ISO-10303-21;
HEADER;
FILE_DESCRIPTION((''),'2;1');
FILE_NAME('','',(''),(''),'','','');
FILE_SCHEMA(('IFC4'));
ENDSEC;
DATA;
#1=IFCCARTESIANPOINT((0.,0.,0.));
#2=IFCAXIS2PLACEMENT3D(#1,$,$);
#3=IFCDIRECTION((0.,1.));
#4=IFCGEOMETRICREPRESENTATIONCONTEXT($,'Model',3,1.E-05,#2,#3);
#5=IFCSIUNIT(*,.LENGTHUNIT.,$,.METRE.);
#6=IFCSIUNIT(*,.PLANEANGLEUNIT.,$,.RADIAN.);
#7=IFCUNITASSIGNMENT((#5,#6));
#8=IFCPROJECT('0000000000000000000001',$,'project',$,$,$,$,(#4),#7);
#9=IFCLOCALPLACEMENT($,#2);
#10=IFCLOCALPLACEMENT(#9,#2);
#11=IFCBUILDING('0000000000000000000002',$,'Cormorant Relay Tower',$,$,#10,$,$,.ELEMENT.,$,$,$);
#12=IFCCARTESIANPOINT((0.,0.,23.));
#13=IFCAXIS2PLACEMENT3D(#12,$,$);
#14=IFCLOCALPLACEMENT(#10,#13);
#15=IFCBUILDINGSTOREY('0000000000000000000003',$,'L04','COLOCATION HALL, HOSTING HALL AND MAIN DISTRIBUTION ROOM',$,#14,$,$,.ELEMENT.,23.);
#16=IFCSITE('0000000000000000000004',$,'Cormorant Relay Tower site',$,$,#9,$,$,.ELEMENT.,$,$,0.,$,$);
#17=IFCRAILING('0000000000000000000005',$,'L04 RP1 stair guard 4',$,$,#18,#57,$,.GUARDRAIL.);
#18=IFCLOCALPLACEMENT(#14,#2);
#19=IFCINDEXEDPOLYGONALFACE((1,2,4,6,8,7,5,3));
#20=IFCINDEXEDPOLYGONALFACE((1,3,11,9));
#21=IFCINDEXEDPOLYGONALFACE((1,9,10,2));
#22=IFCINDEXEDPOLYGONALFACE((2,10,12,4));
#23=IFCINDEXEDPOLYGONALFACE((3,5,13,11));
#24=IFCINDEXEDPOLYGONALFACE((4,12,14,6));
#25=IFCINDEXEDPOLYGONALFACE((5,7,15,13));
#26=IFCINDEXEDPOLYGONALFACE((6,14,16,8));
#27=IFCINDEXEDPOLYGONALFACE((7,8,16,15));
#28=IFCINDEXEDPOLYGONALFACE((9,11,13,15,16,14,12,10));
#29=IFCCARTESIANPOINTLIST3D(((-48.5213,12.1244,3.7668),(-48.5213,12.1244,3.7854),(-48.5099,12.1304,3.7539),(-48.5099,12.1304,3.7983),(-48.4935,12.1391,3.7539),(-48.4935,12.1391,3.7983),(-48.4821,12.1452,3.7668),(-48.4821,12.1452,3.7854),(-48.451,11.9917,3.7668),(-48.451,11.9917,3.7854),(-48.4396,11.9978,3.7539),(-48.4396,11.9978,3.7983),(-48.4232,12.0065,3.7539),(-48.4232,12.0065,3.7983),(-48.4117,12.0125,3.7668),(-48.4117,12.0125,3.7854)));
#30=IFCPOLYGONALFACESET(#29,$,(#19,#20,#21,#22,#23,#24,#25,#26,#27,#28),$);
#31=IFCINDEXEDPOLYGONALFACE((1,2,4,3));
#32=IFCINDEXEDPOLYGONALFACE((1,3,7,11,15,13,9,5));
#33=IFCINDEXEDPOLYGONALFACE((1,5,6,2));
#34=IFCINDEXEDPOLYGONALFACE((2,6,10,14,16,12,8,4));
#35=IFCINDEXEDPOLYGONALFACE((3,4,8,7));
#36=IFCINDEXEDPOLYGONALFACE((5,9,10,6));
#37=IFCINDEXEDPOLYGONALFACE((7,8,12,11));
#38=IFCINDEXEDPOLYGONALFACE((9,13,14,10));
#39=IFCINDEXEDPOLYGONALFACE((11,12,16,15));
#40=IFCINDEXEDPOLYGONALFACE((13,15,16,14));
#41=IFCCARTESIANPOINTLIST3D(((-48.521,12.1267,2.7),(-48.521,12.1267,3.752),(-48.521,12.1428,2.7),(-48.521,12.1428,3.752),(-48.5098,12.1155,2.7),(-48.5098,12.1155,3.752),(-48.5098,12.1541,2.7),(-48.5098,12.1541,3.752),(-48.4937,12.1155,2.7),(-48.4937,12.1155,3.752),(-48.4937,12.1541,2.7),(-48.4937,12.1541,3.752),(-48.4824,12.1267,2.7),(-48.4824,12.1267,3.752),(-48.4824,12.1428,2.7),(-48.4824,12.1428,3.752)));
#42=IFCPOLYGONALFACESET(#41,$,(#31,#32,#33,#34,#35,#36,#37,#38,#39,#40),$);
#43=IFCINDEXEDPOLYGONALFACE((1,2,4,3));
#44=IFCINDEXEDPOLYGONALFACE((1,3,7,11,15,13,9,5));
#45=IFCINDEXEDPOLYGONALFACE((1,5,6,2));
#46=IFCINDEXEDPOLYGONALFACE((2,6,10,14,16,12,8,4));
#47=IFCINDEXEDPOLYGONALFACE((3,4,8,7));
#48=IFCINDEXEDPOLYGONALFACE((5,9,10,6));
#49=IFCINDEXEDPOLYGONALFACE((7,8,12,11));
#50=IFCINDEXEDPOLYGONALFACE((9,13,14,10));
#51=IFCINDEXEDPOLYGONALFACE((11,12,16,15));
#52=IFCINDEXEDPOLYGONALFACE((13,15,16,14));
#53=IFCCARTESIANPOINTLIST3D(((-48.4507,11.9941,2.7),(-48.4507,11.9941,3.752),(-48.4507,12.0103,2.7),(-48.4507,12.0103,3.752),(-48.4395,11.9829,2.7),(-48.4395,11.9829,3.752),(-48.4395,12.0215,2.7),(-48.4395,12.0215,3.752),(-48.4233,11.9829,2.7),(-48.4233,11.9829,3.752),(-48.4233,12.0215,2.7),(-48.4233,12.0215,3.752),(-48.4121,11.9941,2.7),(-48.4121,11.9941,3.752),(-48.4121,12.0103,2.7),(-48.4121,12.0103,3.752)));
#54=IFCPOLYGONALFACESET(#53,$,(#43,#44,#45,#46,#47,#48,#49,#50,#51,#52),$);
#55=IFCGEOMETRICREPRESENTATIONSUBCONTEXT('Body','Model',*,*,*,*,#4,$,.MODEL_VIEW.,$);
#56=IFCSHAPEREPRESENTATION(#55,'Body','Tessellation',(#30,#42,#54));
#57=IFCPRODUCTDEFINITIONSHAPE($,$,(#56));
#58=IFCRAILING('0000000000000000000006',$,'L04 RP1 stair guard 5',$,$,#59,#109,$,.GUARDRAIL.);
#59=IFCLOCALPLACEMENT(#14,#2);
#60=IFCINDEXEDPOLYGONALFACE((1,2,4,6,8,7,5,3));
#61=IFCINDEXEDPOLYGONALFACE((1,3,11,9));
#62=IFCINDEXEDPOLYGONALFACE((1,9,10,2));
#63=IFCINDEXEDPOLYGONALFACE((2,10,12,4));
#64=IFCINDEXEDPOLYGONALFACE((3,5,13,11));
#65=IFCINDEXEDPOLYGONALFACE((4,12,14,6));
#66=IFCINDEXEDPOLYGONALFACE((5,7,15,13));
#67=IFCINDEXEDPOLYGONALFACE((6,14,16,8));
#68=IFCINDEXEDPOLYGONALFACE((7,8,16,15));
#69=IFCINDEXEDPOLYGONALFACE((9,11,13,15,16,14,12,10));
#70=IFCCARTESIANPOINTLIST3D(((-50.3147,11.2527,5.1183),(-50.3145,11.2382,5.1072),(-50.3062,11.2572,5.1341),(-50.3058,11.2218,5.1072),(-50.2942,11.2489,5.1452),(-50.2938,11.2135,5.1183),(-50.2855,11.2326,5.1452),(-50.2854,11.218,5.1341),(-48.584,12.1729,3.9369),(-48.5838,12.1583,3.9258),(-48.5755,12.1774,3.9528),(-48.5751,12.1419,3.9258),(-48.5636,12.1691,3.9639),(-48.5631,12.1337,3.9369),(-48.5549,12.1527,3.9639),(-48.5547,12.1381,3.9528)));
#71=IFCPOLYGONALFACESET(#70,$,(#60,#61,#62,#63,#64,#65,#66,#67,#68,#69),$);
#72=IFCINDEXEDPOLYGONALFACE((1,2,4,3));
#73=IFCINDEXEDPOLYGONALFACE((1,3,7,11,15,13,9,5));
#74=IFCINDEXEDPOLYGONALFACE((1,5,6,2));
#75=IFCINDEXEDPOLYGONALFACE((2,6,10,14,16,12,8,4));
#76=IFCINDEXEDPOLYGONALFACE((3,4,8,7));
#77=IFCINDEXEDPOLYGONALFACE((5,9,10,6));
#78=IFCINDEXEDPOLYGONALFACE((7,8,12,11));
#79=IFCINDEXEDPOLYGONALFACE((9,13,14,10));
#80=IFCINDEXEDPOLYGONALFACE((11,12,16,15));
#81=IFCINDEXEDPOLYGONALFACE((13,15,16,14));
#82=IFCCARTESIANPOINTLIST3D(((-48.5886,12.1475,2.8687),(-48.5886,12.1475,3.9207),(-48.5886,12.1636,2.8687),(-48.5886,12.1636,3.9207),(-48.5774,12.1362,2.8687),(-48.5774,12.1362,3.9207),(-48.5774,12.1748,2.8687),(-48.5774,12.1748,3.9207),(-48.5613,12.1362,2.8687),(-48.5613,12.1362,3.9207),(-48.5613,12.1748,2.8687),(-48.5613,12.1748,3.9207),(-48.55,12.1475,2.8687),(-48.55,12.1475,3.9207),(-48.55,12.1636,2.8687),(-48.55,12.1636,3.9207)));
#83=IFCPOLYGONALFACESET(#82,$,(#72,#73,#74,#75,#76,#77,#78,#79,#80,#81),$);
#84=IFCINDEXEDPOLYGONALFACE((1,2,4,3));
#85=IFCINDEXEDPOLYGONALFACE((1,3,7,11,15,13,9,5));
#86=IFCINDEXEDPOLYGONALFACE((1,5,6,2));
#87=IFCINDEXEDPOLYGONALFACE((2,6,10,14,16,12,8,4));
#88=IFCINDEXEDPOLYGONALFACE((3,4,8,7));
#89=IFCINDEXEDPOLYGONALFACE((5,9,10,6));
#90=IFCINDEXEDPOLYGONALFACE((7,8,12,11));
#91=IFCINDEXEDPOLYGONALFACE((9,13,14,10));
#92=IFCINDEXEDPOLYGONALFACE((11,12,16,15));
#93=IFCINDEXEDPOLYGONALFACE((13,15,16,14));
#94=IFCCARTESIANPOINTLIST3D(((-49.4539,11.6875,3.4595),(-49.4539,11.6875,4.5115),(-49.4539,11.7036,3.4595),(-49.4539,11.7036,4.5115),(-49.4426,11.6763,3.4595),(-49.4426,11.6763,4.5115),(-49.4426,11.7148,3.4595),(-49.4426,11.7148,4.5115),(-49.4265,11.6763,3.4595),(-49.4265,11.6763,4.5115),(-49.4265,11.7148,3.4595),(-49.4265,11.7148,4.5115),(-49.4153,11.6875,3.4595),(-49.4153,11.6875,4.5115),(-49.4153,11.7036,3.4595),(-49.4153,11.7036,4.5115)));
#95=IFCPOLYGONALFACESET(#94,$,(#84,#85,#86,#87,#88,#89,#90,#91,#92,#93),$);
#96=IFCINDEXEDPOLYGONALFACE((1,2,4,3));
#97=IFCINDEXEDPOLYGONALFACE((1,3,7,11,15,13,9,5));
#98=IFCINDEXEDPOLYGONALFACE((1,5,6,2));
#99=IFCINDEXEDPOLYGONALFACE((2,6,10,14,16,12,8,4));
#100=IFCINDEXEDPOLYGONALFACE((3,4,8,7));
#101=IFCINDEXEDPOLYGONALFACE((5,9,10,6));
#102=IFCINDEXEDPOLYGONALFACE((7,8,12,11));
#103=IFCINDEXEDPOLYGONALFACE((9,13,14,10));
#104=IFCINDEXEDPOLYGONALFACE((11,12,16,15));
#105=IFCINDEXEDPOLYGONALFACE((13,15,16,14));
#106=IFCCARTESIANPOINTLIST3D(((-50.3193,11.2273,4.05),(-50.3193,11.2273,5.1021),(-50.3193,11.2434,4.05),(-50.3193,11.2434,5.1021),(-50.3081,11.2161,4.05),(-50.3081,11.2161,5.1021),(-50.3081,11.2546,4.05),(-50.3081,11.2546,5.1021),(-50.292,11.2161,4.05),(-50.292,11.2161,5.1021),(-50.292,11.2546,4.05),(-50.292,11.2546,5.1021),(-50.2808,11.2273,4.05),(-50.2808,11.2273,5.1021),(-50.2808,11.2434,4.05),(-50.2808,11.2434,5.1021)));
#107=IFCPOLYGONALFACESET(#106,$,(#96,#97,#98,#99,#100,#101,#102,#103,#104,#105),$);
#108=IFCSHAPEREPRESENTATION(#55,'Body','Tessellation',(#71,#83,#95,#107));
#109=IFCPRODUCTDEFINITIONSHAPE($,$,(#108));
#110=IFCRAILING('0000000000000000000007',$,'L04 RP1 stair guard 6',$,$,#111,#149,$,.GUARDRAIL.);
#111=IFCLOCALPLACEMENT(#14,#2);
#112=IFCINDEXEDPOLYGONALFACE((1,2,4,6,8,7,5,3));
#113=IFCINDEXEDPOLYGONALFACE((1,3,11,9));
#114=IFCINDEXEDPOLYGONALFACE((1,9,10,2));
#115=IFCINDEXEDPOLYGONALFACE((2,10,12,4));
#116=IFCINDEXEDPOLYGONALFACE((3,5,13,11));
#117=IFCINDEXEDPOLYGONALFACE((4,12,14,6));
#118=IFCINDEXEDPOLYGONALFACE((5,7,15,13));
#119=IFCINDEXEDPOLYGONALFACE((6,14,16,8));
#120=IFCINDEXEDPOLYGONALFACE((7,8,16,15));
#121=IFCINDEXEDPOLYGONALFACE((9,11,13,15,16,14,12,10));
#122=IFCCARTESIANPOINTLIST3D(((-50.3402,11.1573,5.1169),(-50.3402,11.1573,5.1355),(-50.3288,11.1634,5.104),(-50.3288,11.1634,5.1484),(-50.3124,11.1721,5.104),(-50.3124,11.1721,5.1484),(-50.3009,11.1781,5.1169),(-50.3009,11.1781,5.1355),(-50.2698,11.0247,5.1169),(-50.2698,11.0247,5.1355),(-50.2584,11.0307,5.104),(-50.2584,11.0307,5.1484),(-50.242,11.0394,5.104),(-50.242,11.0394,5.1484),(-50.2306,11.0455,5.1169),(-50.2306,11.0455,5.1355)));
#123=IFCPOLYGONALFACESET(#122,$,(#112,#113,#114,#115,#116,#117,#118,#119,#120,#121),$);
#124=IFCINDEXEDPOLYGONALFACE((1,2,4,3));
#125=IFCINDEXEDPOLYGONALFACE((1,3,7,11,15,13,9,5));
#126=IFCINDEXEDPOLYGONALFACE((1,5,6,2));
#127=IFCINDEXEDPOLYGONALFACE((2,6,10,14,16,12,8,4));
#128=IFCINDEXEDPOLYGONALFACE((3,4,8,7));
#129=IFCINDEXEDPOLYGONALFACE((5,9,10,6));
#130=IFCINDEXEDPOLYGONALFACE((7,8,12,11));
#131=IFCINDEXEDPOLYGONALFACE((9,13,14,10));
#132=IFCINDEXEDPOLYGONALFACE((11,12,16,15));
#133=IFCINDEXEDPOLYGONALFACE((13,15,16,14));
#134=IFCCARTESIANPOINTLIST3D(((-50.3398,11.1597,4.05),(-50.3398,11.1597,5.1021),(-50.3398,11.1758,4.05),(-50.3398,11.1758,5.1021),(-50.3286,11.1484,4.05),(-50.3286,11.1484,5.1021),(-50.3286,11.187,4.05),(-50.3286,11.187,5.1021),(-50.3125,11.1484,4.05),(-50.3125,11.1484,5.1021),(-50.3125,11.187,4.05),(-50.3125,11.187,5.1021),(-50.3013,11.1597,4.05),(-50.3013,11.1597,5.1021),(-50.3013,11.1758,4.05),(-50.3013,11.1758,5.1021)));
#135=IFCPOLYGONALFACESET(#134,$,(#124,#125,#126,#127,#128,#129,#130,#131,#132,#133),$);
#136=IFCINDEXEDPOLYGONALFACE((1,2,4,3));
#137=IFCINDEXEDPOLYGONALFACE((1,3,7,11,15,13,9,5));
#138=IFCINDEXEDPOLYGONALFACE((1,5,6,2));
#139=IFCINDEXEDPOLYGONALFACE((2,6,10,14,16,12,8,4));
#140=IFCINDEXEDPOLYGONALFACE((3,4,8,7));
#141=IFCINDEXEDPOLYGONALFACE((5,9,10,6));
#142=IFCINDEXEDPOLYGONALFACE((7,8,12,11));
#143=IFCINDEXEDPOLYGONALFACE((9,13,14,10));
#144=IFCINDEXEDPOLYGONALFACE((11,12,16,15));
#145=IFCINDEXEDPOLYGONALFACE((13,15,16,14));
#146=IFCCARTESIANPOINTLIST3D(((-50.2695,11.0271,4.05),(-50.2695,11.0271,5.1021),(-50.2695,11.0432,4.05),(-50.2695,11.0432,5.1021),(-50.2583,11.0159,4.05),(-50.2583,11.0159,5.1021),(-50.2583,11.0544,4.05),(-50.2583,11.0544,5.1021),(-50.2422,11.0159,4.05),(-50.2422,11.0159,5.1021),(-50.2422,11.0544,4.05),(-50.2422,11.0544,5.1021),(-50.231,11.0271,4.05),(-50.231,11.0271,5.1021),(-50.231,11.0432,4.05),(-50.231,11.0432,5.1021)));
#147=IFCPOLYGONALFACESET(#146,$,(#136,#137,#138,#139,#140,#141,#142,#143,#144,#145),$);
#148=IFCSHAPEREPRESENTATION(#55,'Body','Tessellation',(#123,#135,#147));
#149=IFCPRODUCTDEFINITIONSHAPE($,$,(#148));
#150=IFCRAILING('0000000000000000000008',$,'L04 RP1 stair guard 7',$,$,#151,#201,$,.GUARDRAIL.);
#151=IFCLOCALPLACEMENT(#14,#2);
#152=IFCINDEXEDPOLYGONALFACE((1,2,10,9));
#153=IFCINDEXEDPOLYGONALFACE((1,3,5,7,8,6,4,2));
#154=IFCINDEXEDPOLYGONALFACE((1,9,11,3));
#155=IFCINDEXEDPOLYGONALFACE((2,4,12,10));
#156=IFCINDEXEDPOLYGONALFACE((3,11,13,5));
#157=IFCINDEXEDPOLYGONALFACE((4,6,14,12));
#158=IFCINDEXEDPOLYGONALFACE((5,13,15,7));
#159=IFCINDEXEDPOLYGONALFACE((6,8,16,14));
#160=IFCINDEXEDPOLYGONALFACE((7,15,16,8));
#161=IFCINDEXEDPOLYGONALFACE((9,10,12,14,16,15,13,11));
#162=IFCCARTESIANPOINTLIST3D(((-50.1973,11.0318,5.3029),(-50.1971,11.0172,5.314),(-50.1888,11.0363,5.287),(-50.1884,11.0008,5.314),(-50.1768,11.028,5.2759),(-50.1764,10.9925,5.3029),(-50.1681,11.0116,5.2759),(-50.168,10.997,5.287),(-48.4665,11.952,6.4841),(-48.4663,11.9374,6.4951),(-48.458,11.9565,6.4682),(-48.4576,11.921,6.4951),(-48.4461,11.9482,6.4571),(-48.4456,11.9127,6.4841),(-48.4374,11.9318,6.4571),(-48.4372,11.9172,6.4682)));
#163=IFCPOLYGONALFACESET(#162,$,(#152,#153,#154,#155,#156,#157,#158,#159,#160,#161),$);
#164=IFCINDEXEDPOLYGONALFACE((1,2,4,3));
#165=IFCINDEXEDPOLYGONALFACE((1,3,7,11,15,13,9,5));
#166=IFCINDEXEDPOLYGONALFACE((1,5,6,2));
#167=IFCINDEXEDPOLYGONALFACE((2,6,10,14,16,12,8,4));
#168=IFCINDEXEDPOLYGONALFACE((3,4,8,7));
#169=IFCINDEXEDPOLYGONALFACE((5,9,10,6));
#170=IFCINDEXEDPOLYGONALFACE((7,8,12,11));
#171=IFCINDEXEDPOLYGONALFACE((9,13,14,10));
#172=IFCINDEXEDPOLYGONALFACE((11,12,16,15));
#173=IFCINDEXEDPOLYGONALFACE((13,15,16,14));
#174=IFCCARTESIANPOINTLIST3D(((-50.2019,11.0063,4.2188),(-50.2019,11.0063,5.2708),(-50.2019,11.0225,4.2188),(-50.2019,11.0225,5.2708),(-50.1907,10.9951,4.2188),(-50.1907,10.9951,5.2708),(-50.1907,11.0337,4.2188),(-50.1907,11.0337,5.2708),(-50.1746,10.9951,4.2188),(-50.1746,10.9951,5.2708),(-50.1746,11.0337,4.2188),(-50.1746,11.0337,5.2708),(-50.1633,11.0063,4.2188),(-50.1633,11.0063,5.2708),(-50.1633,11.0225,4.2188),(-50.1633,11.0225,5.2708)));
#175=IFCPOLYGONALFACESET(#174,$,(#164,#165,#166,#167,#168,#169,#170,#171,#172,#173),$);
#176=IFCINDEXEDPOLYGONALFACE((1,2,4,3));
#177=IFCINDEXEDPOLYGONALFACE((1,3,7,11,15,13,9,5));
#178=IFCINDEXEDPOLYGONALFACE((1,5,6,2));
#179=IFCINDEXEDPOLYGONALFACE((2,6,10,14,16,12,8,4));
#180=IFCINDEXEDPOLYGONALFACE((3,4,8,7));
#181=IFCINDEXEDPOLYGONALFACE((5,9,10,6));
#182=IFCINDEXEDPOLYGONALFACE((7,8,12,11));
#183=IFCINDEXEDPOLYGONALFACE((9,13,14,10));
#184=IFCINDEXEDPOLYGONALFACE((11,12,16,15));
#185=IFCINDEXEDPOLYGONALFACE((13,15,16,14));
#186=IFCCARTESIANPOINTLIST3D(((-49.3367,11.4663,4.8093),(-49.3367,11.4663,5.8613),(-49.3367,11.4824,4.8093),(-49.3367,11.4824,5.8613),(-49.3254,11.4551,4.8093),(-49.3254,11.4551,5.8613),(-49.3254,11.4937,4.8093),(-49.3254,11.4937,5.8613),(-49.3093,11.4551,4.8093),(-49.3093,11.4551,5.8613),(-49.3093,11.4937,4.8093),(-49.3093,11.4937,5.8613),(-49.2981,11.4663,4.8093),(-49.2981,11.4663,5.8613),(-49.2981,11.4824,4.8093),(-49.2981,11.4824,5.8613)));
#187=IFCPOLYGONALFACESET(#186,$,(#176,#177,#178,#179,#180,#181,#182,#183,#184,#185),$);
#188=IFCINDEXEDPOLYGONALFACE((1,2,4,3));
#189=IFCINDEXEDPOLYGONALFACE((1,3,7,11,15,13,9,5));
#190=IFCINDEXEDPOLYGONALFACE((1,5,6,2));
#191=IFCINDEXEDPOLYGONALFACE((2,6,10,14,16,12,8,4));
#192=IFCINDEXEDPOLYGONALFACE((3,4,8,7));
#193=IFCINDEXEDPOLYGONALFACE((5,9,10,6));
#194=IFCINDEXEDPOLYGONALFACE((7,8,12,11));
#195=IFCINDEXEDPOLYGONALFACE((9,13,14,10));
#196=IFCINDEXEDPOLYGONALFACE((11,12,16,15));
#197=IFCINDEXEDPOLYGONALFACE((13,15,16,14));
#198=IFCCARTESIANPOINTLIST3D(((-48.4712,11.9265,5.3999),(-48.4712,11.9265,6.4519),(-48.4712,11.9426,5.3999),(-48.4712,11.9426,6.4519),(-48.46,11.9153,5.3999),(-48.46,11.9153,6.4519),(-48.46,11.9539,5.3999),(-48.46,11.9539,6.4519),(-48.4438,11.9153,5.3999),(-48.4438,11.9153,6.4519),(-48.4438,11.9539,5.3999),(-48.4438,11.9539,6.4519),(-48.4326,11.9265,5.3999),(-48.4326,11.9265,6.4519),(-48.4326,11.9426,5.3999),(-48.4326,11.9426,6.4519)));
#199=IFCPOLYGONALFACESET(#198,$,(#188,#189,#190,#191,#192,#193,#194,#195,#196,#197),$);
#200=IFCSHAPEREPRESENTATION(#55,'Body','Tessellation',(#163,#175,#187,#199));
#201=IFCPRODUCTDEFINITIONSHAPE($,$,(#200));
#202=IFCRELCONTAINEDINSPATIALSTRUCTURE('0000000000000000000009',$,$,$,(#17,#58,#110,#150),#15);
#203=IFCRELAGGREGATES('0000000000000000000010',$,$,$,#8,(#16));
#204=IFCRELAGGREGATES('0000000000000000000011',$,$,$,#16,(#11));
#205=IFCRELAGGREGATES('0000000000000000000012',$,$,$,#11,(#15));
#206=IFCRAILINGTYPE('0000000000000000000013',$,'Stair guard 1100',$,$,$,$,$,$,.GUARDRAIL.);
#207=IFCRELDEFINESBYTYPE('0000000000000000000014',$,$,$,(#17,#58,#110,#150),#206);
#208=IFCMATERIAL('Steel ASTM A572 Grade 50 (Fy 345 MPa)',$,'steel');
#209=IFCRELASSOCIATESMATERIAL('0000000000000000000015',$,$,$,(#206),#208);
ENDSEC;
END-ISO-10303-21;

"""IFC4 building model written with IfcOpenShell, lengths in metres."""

from ifc_helpers import new_model, si_unit, direction, frame, origin, place, context, subcontext, project, spatial, polyline, outline, extrude, material, type_object, element, save


model = new_model("IFC4")

# Units and contexts
model_context = context("Model", 3, precision=1e-05, world=origin(), true_north=direction((0.0, 1.0)))
body_context = subcontext(model_context, "Body", "Model", "MODEL_VIEW")
ifc_project = project(units=[si_unit("LENGTHUNIT", "METRE"), si_unit("PLANEANGLEUNIT", "RADIAN")], contexts=[model_context])

# Site, building, storey
site_placement = place(None, origin())
site = spatial("IfcSite", under=ifc_project, at=site_placement, Name="Cormorant Relay Tower site", CompositionType="ELEMENT", RefElevation=0.0)
building_placement = place(site_placement, origin())
building = spatial("IfcBuilding", under=site, at=building_placement, Name="Cormorant Relay Tower", CompositionType="ELEMENT")
storey_placement = place(building_placement, frame((0.0, 0.0, 23.0)))
storey = spatial("IfcBuildingStorey", under=building, at=storey_placement, Name="L04", Description="COLOCATION HALL, HOSTING HALL AND MAIN DISTRIBUTION ROOM", CompositionType="ELEMENT", Elevation=23.0)

# Railings
ifc_material_1 = material(Name="Steel ASTM A572 Grade 50 (Fy 345 MPa)", Category="steel")
railing_type_1 = type_object("IfcRailingType", Name="Stair guard 1100", PredefinedType="GUARDRAIL", material=ifc_material_1)
railing_1_placement = place(storey_placement, frame((-48.5017, 12.1348, 2.7)))
element("IfcRailing", 1, at=railing_1_placement, inside=storey, type_object=railing_type_1, Name="L04 RP1 stair guard 4", PredefinedType="GUARDRAIL", context=body_context, shape_type="SweptSolid", body=[
    extrude(outline(polyline([(0.0222, 0.0093), (0.0093, 0.0222), (-0.0093, 0.0222), (-0.0222, 0.0093), (-0.0222, -0.0093), (-0.0093, -0.0222), (0.0093, -0.0222), (0.0222, -0.0093), (0.0222, 0.0093)])), frame((0.0, 0.0, 1.0762), z_axis=(0.46856, -0.883431, 0.0), x_axis=(0.883431, 0.46856, 0.0)), (0.0, 0.0, 1.0), 0.1501),
    extrude(outline(polyline([(0.0193, 0.0081), (0.0081, 0.0193), (-0.0081, 0.0193), (-0.0193, 0.0081), (-0.0193, -0.0081), (-0.0081, -0.0193), (0.0081, -0.0193), (0.0193, -0.0081), (0.0193, 0.0081)])), origin(), (0.0, 0.0, 1.0), 1.052),
    extrude(outline(polyline([(0.0193, 0.0081), (0.0081, 0.0193), (-0.0081, 0.0193), (-0.0193, 0.0081), (-0.0193, -0.0081), (-0.0081, -0.0193), (0.0081, -0.0193), (0.0193, -0.0081), (0.0193, 0.0081)])), frame((0.0703, -0.1326, 0.0)), (0.0, 0.0, 1.0), 1.052),
])
railing_2_placement = place(storey_placement, frame((-48.5693, 12.1555, 2.8687)))
element("IfcRailing", 2, at=railing_2_placement, inside=storey, type_object=railing_type_1, Name="L04 RP1 stair guard 5", PredefinedType="GUARDRAIL", context=body_context, shape_type="SweptSolid", body=[
    extrude(outline(polyline([(0.0222, 0.0093), (0.0093, 0.0222), (-0.0093, 0.0222), (-0.0222, 0.0093), (-0.0222, -0.0093), (-0.0093, -0.0222), (0.0093, -0.0222), (0.0222, -0.0093), (0.0222, 0.0093)])), frame((0.0, 0.0, 1.0762), z_axis=(-0.756226, -0.402062, 0.516205), x_axis=(0.469444, -0.882962, 0.0)), (0.0, 0.0, 1.0), 2.2886),
    extrude(outline(polyline([(0.0193, 0.0081), (0.0081, 0.0193), (-0.0081, 0.0193), (-0.0193, 0.0081), (-0.0193, -0.0081), (-0.0081, -0.0193), (0.0081, -0.0193), (0.0193, -0.0081), (0.0193, 0.0081)])), origin(), (0.0, 0.0, 1.0), 1.052),
    extrude(outline(polyline([(0.0193, 0.0081), (0.0081, 0.0193), (-0.0081, 0.0193), (-0.0193, 0.0081), (-0.0193, -0.0081), (-0.0081, -0.0193), (0.0081, -0.0193), (0.0193, -0.0081), (0.0193, 0.0081)])), frame((-0.8652, -0.46, 0.5908)), (0.0, 0.0, 1.0), 1.052),
    extrude(outline(polyline([(0.0193, 0.0081), (0.0081, 0.0193), (-0.0081, 0.0193), (-0.0193, 0.0081), (-0.0193, -0.0081), (-0.0081, -0.0193), (0.0081, -0.0193), (0.0193, -0.0081), (0.0193, 0.0081)])), frame((-1.7307, -0.9202, 1.1814)), (0.0, 0.0, 1.0), 1.052),
])
railing_3_placement = place(storey_placement, frame((-50.3206, 11.1677, 4.05)))
element("IfcRailing", 3, at=railing_3_placement, inside=storey, type_object=railing_type_1, Name="L04 RP1 stair guard 6", PredefinedType="GUARDRAIL", context=body_context, shape_type="SweptSolid", body=[
    extrude(outline(polyline([(0.0222, 0.0093), (0.0093, 0.0222), (-0.0093, 0.0222), (-0.0222, 0.0093), (-0.0222, -0.0093), (-0.0093, -0.0222), (0.0093, -0.0222), (0.0222, -0.0093), (0.0222, 0.0093)])), frame((0.0, 0.0, 1.0762), z_axis=(0.46856, -0.883431, 0.0), x_axis=(0.883431, 0.46856, 0.0)), (0.0, 0.0, 1.0), 0.1501),
    extrude(outline(polyline([(0.0193, 0.0081), (0.0081, 0.0193), (-0.0081, 0.0193), (-0.0193, 0.0081), (-0.0193, -0.0081), (-0.0081, -0.0193), (0.0081, -0.0193), (0.0193, -0.0081), (0.0193, 0.0081)])), origin(), (0.0, 0.0, 1.0), 1.052),
    extrude(outline(polyline([(0.0193, 0.0081), (0.0081, 0.0193), (-0.0081, 0.0193), (-0.0193, 0.0081), (-0.0193, -0.0081), (-0.0081, -0.0193), (0.0081, -0.0193), (0.0193, -0.0081), (0.0193, 0.0081)])), frame((0.0703, -0.1326, 0.0)), (0.0, 0.0, 1.0), 1.052),
])
railing_4_placement = place(storey_placement, frame((-50.1826, 11.0144, 4.2188)))
element("IfcRailing", 4, at=railing_4_placement, inside=storey, type_object=railing_type_1, Name="L04 RP1 stair guard 7", PredefinedType="GUARDRAIL", context=body_context, shape_type="SweptSolid", body=[
    extrude(outline(polyline([(0.0222, 0.0093), (0.0093, 0.0222), (-0.0093, 0.0222), (-0.0222, 0.0093), (-0.0222, -0.0093), (-0.0093, -0.0222), (0.0093, -0.0222), (0.0222, -0.0093), (0.0222, 0.0093)])), frame((0.0, 0.0, 1.0762), z_axis=(0.756268, 0.402084, 0.516127), x_axis=(-0.469444, 0.882962, 0.0)), (0.0, 0.0, 1.0), 2.2886),
    extrude(outline(polyline([(0.0193, 0.0081), (0.0081, 0.0193), (-0.0081, 0.0193), (-0.0193, 0.0081), (-0.0193, -0.0081), (-0.0081, -0.0193), (0.0081, -0.0193), (0.0193, -0.0081), (0.0193, 0.0081)])), origin(), (0.0, 0.0, 1.0), 1.052),
    extrude(outline(polyline([(0.0193, 0.0081), (0.0081, 0.0193), (-0.0081, 0.0193), (-0.0193, 0.0081), (-0.0193, -0.0081), (-0.0081, -0.0193), (0.0081, -0.0193), (0.0193, -0.0081), (0.0193, 0.0081)])), frame((0.8652, 0.46, 0.5906)), (0.0, 0.0, 1.0), 1.052),
    extrude(outline(polyline([(0.0193, 0.0081), (0.0081, 0.0193), (-0.0081, 0.0193), (-0.0193, 0.0081), (-0.0193, -0.0081), (-0.0081, -0.0193), (0.0081, -0.0193), (0.0193, -0.0081), (0.0193, 0.0081)])), frame((1.7307, 0.9202, 1.1812)), (0.0, 0.0, 1.0), 1.052),
])

save(model, "model.ifc")
